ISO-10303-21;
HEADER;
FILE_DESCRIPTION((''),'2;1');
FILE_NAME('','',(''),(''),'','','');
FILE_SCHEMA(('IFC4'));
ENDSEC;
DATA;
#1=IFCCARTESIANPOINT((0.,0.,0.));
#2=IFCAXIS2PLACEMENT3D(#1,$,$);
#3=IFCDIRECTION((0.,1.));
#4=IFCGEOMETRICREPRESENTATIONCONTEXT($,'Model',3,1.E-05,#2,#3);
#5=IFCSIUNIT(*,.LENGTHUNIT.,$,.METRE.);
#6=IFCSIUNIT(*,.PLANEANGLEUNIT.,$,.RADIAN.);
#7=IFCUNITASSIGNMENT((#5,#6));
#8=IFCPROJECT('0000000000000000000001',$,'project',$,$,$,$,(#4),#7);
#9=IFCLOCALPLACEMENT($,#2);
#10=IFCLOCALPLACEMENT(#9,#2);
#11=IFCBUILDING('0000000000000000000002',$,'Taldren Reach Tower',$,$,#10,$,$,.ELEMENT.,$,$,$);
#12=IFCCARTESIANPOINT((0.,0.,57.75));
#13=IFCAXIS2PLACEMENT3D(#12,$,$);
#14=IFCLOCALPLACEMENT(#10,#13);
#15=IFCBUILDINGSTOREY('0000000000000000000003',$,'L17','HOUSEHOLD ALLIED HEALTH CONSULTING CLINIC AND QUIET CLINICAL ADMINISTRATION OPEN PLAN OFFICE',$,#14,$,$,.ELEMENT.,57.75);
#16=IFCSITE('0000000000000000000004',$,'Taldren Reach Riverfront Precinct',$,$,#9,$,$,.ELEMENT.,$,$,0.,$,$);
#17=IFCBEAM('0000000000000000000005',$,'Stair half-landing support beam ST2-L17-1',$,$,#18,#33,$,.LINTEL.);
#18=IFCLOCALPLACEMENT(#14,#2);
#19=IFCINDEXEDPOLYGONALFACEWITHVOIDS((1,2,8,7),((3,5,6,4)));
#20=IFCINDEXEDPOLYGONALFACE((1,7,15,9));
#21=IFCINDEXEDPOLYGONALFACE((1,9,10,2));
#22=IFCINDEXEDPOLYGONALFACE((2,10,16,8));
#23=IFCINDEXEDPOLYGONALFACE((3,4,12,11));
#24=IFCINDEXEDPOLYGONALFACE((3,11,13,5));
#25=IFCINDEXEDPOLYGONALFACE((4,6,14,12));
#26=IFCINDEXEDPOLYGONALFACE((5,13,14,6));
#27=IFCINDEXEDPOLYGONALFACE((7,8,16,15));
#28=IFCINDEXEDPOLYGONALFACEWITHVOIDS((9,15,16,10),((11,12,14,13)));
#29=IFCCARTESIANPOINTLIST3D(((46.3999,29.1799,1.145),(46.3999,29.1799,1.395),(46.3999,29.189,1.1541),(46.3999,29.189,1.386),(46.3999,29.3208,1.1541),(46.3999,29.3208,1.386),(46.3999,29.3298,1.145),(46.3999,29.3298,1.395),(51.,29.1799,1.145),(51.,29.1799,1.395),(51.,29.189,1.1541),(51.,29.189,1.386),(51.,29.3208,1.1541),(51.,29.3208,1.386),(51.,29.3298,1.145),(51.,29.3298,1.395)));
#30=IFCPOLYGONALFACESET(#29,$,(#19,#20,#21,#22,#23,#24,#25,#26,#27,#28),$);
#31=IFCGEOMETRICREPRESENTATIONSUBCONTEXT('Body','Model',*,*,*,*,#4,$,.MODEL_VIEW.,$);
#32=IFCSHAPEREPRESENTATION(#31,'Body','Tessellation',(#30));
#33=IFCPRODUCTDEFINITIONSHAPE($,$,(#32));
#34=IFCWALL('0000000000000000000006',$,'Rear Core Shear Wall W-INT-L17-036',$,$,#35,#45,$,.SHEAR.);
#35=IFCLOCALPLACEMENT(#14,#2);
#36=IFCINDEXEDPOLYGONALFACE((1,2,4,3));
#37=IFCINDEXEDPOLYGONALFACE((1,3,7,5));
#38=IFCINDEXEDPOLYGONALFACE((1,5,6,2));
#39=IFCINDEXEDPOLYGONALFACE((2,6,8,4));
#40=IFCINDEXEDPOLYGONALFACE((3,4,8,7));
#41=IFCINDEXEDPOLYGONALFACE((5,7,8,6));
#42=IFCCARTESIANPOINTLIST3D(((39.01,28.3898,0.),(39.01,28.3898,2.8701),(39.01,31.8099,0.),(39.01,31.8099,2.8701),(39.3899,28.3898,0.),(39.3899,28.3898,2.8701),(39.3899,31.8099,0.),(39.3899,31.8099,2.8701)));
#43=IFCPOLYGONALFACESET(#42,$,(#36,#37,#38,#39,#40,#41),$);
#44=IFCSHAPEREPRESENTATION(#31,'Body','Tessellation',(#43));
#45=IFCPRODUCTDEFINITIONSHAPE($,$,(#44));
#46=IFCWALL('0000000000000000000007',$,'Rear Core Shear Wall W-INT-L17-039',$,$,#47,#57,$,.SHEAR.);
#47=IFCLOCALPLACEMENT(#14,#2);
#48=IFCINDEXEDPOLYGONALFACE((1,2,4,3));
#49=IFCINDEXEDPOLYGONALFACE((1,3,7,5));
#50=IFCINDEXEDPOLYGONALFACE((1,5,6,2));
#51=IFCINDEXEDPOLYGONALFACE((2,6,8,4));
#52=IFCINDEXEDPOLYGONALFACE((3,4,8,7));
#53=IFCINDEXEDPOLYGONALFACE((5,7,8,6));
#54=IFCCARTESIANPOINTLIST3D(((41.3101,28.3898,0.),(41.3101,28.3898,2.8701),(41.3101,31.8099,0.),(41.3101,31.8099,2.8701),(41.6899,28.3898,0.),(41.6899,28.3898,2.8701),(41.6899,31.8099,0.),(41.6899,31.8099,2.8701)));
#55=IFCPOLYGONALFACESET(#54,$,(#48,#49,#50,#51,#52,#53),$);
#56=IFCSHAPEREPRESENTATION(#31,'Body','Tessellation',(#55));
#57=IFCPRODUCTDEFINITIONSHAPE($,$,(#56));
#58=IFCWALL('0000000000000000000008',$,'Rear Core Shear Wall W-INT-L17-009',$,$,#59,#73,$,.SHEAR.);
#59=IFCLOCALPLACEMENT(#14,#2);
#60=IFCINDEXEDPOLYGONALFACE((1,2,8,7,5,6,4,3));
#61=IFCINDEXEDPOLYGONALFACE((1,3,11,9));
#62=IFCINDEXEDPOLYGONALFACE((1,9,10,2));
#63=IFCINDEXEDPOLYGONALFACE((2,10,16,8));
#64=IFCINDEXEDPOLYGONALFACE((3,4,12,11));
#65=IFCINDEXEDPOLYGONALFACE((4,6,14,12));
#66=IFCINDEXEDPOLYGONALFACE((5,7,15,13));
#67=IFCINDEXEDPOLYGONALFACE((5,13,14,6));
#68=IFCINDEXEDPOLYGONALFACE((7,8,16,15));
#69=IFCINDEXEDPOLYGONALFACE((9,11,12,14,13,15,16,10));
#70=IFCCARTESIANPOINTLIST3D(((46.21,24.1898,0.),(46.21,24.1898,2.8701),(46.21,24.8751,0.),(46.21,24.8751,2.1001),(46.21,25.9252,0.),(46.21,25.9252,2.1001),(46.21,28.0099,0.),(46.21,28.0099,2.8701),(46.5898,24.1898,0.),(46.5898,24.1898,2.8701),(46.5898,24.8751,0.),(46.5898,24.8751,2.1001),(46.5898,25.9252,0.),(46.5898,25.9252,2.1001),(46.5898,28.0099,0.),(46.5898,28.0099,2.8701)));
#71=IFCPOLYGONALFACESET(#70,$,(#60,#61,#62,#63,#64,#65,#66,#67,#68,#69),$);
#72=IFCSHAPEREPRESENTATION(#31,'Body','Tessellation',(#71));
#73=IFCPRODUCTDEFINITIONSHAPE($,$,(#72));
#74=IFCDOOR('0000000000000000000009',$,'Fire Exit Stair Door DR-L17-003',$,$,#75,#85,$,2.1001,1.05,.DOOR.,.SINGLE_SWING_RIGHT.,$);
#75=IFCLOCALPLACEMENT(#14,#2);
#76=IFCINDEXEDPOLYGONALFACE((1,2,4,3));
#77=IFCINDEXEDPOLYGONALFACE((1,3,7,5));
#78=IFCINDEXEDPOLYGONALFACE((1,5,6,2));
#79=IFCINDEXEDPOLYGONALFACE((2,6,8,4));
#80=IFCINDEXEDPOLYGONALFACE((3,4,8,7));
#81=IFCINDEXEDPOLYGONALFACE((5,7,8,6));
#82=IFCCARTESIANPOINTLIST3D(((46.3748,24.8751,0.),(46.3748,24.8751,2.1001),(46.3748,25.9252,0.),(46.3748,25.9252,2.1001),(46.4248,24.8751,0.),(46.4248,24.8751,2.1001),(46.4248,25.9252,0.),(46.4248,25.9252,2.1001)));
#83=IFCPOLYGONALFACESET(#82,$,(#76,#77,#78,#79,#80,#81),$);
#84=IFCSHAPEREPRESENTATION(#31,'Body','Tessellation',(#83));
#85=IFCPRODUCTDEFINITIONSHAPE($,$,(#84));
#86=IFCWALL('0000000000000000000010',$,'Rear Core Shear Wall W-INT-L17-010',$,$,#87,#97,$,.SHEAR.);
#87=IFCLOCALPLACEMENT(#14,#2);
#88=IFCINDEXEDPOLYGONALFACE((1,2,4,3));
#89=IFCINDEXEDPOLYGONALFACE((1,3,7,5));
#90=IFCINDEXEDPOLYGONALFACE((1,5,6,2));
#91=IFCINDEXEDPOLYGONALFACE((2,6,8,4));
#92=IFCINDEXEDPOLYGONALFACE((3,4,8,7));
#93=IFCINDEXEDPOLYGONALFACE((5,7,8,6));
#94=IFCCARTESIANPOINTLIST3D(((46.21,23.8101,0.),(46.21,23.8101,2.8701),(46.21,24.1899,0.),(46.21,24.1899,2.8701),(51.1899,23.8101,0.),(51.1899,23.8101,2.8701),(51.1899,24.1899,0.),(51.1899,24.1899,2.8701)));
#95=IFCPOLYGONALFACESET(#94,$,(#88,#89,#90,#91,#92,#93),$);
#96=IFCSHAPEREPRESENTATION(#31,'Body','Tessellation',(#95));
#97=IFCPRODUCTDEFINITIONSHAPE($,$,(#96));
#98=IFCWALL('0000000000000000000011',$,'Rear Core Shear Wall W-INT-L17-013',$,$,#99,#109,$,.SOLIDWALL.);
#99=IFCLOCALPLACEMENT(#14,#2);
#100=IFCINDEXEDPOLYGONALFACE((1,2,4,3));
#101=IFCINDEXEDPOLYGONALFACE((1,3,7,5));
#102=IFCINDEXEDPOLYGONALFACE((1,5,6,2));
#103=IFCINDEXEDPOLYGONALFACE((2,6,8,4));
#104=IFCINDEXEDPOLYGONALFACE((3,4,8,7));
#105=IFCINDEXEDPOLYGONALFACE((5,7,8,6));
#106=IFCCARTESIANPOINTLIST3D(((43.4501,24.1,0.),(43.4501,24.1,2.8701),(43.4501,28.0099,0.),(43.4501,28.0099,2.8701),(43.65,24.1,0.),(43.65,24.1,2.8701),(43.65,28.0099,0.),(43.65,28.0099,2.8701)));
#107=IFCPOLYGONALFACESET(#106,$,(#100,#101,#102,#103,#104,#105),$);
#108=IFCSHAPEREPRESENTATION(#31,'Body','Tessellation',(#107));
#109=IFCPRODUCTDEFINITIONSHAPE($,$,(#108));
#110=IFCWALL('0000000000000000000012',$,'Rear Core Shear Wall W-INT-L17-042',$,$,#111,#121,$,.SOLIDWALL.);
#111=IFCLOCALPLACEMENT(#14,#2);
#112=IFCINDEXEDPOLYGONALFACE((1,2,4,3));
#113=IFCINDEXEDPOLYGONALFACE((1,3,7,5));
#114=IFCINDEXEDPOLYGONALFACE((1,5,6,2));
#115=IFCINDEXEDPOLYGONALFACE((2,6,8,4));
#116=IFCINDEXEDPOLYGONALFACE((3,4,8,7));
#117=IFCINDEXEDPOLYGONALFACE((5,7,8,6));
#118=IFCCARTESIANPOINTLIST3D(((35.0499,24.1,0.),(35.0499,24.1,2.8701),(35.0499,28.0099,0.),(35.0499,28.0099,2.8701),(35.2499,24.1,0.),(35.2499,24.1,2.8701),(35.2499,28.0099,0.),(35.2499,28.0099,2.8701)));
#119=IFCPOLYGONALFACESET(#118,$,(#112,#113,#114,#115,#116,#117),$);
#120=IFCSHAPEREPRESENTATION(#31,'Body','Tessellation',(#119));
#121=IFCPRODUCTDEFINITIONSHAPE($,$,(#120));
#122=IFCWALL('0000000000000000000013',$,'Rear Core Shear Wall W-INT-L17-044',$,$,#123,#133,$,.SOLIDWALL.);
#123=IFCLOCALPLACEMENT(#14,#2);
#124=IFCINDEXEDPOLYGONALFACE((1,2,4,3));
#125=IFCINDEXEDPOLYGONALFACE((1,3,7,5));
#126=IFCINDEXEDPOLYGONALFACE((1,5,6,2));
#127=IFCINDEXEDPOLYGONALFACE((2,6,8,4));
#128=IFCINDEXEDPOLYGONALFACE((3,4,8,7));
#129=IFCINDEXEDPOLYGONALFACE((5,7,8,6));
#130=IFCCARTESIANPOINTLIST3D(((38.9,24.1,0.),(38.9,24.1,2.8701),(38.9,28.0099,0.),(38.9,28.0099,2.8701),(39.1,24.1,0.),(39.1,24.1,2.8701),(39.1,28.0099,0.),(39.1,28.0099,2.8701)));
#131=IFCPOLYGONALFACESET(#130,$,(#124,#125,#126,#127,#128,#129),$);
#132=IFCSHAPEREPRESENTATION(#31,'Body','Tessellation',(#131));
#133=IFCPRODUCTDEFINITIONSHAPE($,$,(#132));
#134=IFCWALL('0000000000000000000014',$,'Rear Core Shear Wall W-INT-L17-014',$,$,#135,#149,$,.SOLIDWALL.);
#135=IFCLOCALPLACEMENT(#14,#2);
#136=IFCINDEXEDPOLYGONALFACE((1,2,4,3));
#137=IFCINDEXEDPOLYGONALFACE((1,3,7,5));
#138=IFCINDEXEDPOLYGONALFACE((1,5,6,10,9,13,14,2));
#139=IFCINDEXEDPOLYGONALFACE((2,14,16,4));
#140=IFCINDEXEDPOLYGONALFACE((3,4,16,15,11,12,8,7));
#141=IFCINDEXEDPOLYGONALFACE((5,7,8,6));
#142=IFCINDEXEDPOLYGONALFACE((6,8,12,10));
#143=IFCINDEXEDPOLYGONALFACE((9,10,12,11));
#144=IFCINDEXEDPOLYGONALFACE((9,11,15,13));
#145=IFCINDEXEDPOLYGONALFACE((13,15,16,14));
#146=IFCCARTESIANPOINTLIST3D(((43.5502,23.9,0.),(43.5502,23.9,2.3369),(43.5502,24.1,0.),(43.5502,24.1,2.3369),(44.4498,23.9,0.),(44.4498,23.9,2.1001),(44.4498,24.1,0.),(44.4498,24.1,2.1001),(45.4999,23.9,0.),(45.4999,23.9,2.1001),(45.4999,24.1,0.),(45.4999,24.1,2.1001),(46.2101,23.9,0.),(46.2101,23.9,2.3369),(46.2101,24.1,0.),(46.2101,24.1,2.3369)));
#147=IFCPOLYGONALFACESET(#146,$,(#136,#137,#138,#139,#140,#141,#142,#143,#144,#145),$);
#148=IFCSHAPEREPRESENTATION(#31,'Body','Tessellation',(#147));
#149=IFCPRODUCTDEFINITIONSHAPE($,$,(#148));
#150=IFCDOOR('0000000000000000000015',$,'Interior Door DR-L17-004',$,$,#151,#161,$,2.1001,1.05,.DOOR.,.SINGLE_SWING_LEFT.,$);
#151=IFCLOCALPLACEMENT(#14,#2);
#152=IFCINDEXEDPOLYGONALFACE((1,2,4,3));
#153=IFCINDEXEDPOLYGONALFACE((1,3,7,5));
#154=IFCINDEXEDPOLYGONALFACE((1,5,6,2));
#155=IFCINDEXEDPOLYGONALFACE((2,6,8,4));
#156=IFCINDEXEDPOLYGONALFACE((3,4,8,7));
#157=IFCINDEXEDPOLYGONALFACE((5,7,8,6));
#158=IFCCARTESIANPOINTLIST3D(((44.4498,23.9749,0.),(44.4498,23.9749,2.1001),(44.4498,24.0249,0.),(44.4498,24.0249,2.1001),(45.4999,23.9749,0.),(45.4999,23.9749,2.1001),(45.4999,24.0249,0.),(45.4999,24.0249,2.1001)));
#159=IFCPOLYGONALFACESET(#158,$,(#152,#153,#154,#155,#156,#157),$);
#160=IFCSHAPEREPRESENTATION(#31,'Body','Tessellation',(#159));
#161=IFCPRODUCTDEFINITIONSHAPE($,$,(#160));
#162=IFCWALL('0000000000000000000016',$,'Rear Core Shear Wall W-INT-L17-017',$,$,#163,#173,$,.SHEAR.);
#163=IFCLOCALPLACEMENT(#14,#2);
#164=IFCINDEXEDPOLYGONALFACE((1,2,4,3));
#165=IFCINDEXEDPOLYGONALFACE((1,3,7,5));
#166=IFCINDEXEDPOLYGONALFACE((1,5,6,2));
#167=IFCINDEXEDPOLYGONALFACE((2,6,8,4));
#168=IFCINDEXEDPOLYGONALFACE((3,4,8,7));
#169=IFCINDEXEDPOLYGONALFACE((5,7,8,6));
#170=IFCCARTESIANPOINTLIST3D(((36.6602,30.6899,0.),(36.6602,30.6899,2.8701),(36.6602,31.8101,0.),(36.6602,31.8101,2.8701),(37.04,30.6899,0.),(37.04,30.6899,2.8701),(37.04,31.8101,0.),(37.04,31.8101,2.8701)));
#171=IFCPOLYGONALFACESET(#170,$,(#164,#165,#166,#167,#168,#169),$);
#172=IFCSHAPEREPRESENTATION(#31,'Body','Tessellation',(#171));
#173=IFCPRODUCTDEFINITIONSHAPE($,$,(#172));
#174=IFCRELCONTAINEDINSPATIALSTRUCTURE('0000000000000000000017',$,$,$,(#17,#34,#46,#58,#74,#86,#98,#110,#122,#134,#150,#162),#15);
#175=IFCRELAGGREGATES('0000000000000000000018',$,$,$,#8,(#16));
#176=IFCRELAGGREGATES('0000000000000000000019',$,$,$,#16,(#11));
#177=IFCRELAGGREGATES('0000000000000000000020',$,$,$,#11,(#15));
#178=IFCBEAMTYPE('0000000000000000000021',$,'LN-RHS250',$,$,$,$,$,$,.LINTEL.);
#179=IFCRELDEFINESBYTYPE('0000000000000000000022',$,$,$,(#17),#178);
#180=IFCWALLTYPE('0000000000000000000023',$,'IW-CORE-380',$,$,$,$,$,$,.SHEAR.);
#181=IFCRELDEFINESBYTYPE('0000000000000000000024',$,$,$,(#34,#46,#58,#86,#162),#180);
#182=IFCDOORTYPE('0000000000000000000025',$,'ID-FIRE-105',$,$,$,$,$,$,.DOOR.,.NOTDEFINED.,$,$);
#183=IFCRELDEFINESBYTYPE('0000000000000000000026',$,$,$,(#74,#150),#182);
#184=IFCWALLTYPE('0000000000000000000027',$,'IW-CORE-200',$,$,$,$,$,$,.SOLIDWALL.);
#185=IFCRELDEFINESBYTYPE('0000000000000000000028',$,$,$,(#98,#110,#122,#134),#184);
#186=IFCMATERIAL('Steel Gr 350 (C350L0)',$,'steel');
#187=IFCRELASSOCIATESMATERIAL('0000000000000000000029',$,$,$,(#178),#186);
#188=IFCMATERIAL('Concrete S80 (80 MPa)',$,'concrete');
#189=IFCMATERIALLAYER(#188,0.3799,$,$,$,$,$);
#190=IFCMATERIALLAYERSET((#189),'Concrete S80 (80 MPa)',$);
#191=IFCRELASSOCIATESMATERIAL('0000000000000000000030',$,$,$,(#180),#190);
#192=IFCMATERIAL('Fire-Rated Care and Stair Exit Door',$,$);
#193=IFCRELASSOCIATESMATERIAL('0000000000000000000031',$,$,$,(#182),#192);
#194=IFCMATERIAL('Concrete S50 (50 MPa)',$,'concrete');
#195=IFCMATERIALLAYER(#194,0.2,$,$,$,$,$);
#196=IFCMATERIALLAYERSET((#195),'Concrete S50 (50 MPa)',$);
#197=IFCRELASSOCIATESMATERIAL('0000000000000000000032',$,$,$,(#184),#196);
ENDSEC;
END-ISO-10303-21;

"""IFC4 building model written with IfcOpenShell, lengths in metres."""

from ifc_helpers import new_model, si_unit, direction, frame, frame_2d, origin, origin_2d, place, context, subcontext, project, spatial, rectangle, hollow_rectangle, extrude, source, transform, mapped, material, layer, layer_set, material_profile, profile_set, type_object, element, fill, save


model = new_model("IFC4")

# Units and contexts
model_context = context("Model", 3, precision=1e-05, world=origin(), true_north=direction((0.0, 1.0)))
body_context = subcontext(model_context, "Body", "Model", "MODEL_VIEW")
ifc_project = project(units=[si_unit("LENGTHUNIT", "METRE"), si_unit("PLANEANGLEUNIT", "RADIAN")], contexts=[model_context])

# Site, building, storey
site_placement = place(None, origin())
site = spatial("IfcSite", under=ifc_project, at=site_placement, Name="Taldren Reach Riverfront Precinct", CompositionType="ELEMENT", RefElevation=0.0)
building_placement = place(site_placement, origin())
building = spatial("IfcBuilding", under=site, at=building_placement, Name="Taldren Reach Tower", CompositionType="ELEMENT")
storey_placement = place(building_placement, frame((0.0, 0.0, 57.75)))
storey = spatial("IfcBuildingStorey", under=building, at=storey_placement, Name="L17", Description="HOUSEHOLD ALLIED HEALTH CONSULTING CLINIC AND QUIET CLINICAL ADMINISTRATION OPEN PLAN OFFICE", CompositionType="ELEMENT", Elevation=57.75)

# Beam
ifc_material_1 = material(Name="Steel Gr 350 (C350L0)", Category="steel")
ifc_material_profile = material_profile(ifc_material_1, hollow_rectangle(XDim=0.1499, YDim=0.25, WallThickness=0.009, at=origin_2d()), Name="250x150x9.0RHS")
ifc_profile_set = profile_set([ifc_material_profile], Name="Steel Gr 350 (C350L0)")
beam_type = type_object("IfcBeamType", Name="LN-RHS250", PredefinedType="LINTEL", material=ifc_profile_set)
shared_shape_1 = source(origin(), body_context, "Body", "SweptSolid", [
    extrude(hollow_rectangle(XDim=0.1499, YDim=0.25, WallThickness=0.009, at=origin_2d()), origin(), (0.0, 0.0, 1.0), 4.6001),
])
beam_placement = place(storey_placement, frame((46.3999, 29.2549, 1.27), z_axis=(1.0, 0.0, 0.0), x_axis=(0.0, 1.0, 0.0)))
element("IfcBeam", 1, at=beam_placement, inside=storey, type_object=beam_type, Name="Stair half-landing support beam ST2-L17-1", PredefinedType="LINTEL", context=body_context, shape_type="MappedRepresentation", body=[
    mapped(shared_shape_1, transform((0.0, 0.0, 0.0), scale=1.0)),
])

# Walls
ifc_material_2 = material(Name="Concrete S80 (80 MPa)", Category="concrete")
ifc_layer_1 = layer(ifc_material_2, 0.3799)
ifc_layer_set_1 = layer_set([ifc_layer_1], Name="Concrete S80 (80 MPa)")
wall_type_1 = type_object("IfcWallType", Name="IW-CORE-380", PredefinedType="SHEAR", material=ifc_layer_set_1)
shared_shape_2 = source(origin(), body_context, "Body", "SweptSolid", [
    extrude(rectangle(XDim=3.4202, YDim=0.3799, at=frame_2d((1.71, 0.0))), origin(), (0.0, 0.0, 1.0), 2.8701),
])
for number, where, z_axis, x_axis, name in (
    (2, (39.2, 28.3899, 0.0), (0.0, 0.0, 1.0), (0.0, 1.0, 0.0), "Rear Core Shear Wall W-INT-L17-036"),
    (3, (41.5, 28.3899, 0.0), (0.0, 0.0, 1.0), (0.0, 1.0, 0.0), "Rear Core Shear Wall W-INT-L17-039"),
):
    element("IfcWall", number, at=place(storey_placement, frame(where, z_axis=z_axis, x_axis=x_axis)), inside=storey, type_object=wall_type_1, Name=name, PredefinedType="SHEAR", context=body_context, shape_type="MappedRepresentation", body=[
        mapped(shared_shape_2, transform((0.0, 0.0, 0.0), scale=1.0)),
    ])

# Wall, opening, door
shared_shape_3 = source(origin(), body_context, "Body", "SweptSolid", [
    extrude(rectangle(XDim=3.8201, YDim=0.3799, at=frame_2d((1.9102, 0.0))), origin(), (0.0, 0.0, 1.0), 2.8701),
])
wall_1_placement = place(storey_placement, frame((46.3999, 28.01, 0.0), z_axis=(0.0, 0.0, 1.0), x_axis=(0.0, -1.0, 0.0)))
wall_1 = element("IfcWall", 4, at=wall_1_placement, inside=storey, type_object=wall_type_1, Name="Rear Core Shear Wall W-INT-L17-009", PredefinedType="SHEAR", context=body_context, shape_type="MappedRepresentation", body=[
    mapped(shared_shape_3, transform((0.0, 0.0, 0.0), scale=1.0)),
])
shared_shape_4 = source(origin(), body_context, "Body", "SweptSolid", [
    extrude(rectangle(XDim=1.05, YDim=2.1001, at=frame_2d((0.5249, 1.05))), frame((0.0, 0.2, 0.0), z_axis=(0.0, -1.0, 0.0), x_axis=(1.0, 0.0, 0.0)), (0.0, 0.0, 1.0), 0.3999),
])
opening_1_placement = place(wall_1_placement, frame((2.085, 0.0, 0.0)))
opening_1 = element("IfcOpeningElement", 5, at=opening_1_placement, cuts=wall_1, PredefinedType="OPENING", context=body_context, shape_type="MappedRepresentation", body=[
    mapped(shared_shape_4, transform((0.0, 0.0, 0.0), scale=1.0)),
])
ifc_material_3 = material(Name="Fire-Rated Care and Stair Exit Door")
door_type_1 = type_object("IfcDoorType", Name="ID-FIRE-105", OperationType="NOTDEFINED", PredefinedType="DOOR", material=ifc_material_3)
shared_shape_5 = source(origin(), body_context, "Body", "SweptSolid", [
    extrude(rectangle(XDim=1.05, YDim=2.1001, at=frame_2d((0.5249, 1.05))), frame((0.0, 0.0249, 0.0), z_axis=(0.0, -1.0, 0.0), x_axis=(1.0, 0.0, 0.0)), (0.0, 0.0, 1.0), 0.05),
])
door_1_placement = place(opening_1_placement, origin())
door_1 = element("IfcDoor", 6, at=door_1_placement, inside=storey, type_object=door_type_1, Name="Fire Exit Stair Door DR-L17-003", OperationType="SINGLE_SWING_RIGHT", OverallHeight=2.1001, OverallWidth=1.05, PredefinedType="DOOR", context=body_context, shape_type="MappedRepresentation", body=[
    mapped(shared_shape_5, transform((0.0, 0.0, 0.0), scale=1.0)),
])
fill(opening_1, door_1)

# Wall
shared_shape_6 = source(origin(), body_context, "Body", "SweptSolid", [
    extrude(rectangle(XDim=4.98, YDim=0.3799, at=frame_2d((2.49, 0.0))), origin(), (0.0, 0.0, 1.0), 2.8701),
])
wall_2_placement = place(storey_placement, frame((46.21, 24.0, 0.0), z_axis=(0.0, 0.0, 1.0), x_axis=(1.0, 0.0, 0.0)))
element("IfcWall", 7, at=wall_2_placement, inside=storey, type_object=wall_type_1, Name="Rear Core Shear Wall W-INT-L17-010", PredefinedType="SHEAR", context=body_context, shape_type="MappedRepresentation", body=[
    mapped(shared_shape_6, transform((0.0, 0.0, 0.0), scale=1.0)),
])

# Walls
ifc_material_4 = material(Name="Concrete S50 (50 MPa)", Category="concrete")
ifc_layer_2 = layer(ifc_material_4, 0.2)
ifc_layer_set_2 = layer_set([ifc_layer_2], Name="Concrete S50 (50 MPa)")
wall_type_2 = type_object("IfcWallType", Name="IW-CORE-200", PredefinedType="SOLIDWALL", material=ifc_layer_set_2)
shared_shape_7 = source(origin(), body_context, "Body", "SweptSolid", [
    extrude(rectangle(XDim=3.9099, YDim=0.2, at=frame_2d((1.9551, 0.0))), origin(), (0.0, 0.0, 1.0), 2.8701),
])
for number, where, z_axis, x_axis, name in (
    (8, (43.55, 28.01, 0.0), (0.0, 0.0, 1.0), (0.0, -1.0, 0.0), "Rear Core Shear Wall W-INT-L17-013"),
    (9, (35.1499, 28.01, 0.0), (0.0, 0.0, 1.0), (0.0, -1.0, 0.0), "Rear Core Shear Wall W-INT-L17-042"),
    (10, (39.0, 28.01, 0.0), (0.0, 0.0, 1.0), (0.0, -1.0, 0.0), "Rear Core Shear Wall W-INT-L17-044"),
):
    element("IfcWall", number, at=place(storey_placement, frame(where, z_axis=z_axis, x_axis=x_axis)), inside=storey, type_object=wall_type_2, Name=name, PredefinedType="SOLIDWALL", context=body_context, shape_type="MappedRepresentation", body=[
        mapped(shared_shape_7, transform((0.0, 0.0, 0.0), scale=1.0)),
    ])

# Wall, opening, door
shared_shape_8 = source(origin(), body_context, "Body", "SweptSolid", [
    extrude(rectangle(XDim=2.6599, YDim=0.2, at=frame_2d((1.3301, 0.0))), origin(), (0.0, 0.0, 1.0), 2.3369),
])
wall_3_placement = place(storey_placement, frame((43.55, 24.0, 0.0), z_axis=(0.0, 0.0, 1.0), x_axis=(1.0, 0.0, 0.0)))
wall_3 = element("IfcWall", 11, at=wall_3_placement, inside=storey, type_object=wall_type_2, Name="Rear Core Shear Wall W-INT-L17-014", PredefinedType="SOLIDWALL", context=body_context, shape_type="MappedRepresentation", body=[
    mapped(shared_shape_8, transform((0.0, 0.0, 0.0), scale=1.0)),
])
shared_shape_9 = source(origin(), body_context, "Body", "SweptSolid", [
    extrude(rectangle(XDim=1.05, YDim=2.1001, at=frame_2d((0.5249, 1.05))), frame((0.0, 0.1099, 0.0), z_axis=(0.0, -1.0, 0.0), x_axis=(1.0, 0.0, 0.0)), (0.0, 0.0, 1.0), 0.22),
])
opening_2_placement = place(wall_3_placement, frame((0.8999, 0.0, 0.0)))
opening_2 = element("IfcOpeningElement", 12, at=opening_2_placement, cuts=wall_3, PredefinedType="OPENING", context=body_context, shape_type="MappedRepresentation", body=[
    mapped(shared_shape_9, transform((0.0, 0.0, 0.0), scale=1.0)),
])
door_2_placement = place(opening_2_placement, origin())
door_2 = element("IfcDoor", 13, at=door_2_placement, inside=storey, type_object=door_type_1, Name="Interior Door DR-L17-004", OperationType="SINGLE_SWING_LEFT", OverallHeight=2.1001, OverallWidth=1.05, PredefinedType="DOOR", context=body_context, shape_type="MappedRepresentation", body=[
    mapped(shared_shape_5, transform((0.0, 0.0, 0.0), scale=1.0)),
])
fill(opening_2, door_2)

# Wall
shared_shape_10 = source(origin(), body_context, "Body", "SweptSolid", [
    extrude(rectangle(XDim=1.1201, YDim=0.3799, at=frame_2d((0.5601, 0.0))), origin(), (0.0, 0.0, 1.0), 2.8701),
])
for number, where, z_axis, x_axis, name in (
    (14, (36.8501, 30.6899, 0.0), (0.0, 0.0, 1.0), (0.0, 1.0, 0.0), "Rear Core Shear Wall W-INT-L17-017"),
):
    element("IfcWall", number, at=place(storey_placement, frame(where, z_axis=z_axis, x_axis=x_axis)), inside=storey, type_object=wall_type_1, Name=name, PredefinedType="SHEAR", context=body_context, shape_type="MappedRepresentation", body=[
        mapped(shared_shape_10, transform((0.0, 0.0, 0.0), scale=1.0)),
    ])

save(model, "model.ifc")
